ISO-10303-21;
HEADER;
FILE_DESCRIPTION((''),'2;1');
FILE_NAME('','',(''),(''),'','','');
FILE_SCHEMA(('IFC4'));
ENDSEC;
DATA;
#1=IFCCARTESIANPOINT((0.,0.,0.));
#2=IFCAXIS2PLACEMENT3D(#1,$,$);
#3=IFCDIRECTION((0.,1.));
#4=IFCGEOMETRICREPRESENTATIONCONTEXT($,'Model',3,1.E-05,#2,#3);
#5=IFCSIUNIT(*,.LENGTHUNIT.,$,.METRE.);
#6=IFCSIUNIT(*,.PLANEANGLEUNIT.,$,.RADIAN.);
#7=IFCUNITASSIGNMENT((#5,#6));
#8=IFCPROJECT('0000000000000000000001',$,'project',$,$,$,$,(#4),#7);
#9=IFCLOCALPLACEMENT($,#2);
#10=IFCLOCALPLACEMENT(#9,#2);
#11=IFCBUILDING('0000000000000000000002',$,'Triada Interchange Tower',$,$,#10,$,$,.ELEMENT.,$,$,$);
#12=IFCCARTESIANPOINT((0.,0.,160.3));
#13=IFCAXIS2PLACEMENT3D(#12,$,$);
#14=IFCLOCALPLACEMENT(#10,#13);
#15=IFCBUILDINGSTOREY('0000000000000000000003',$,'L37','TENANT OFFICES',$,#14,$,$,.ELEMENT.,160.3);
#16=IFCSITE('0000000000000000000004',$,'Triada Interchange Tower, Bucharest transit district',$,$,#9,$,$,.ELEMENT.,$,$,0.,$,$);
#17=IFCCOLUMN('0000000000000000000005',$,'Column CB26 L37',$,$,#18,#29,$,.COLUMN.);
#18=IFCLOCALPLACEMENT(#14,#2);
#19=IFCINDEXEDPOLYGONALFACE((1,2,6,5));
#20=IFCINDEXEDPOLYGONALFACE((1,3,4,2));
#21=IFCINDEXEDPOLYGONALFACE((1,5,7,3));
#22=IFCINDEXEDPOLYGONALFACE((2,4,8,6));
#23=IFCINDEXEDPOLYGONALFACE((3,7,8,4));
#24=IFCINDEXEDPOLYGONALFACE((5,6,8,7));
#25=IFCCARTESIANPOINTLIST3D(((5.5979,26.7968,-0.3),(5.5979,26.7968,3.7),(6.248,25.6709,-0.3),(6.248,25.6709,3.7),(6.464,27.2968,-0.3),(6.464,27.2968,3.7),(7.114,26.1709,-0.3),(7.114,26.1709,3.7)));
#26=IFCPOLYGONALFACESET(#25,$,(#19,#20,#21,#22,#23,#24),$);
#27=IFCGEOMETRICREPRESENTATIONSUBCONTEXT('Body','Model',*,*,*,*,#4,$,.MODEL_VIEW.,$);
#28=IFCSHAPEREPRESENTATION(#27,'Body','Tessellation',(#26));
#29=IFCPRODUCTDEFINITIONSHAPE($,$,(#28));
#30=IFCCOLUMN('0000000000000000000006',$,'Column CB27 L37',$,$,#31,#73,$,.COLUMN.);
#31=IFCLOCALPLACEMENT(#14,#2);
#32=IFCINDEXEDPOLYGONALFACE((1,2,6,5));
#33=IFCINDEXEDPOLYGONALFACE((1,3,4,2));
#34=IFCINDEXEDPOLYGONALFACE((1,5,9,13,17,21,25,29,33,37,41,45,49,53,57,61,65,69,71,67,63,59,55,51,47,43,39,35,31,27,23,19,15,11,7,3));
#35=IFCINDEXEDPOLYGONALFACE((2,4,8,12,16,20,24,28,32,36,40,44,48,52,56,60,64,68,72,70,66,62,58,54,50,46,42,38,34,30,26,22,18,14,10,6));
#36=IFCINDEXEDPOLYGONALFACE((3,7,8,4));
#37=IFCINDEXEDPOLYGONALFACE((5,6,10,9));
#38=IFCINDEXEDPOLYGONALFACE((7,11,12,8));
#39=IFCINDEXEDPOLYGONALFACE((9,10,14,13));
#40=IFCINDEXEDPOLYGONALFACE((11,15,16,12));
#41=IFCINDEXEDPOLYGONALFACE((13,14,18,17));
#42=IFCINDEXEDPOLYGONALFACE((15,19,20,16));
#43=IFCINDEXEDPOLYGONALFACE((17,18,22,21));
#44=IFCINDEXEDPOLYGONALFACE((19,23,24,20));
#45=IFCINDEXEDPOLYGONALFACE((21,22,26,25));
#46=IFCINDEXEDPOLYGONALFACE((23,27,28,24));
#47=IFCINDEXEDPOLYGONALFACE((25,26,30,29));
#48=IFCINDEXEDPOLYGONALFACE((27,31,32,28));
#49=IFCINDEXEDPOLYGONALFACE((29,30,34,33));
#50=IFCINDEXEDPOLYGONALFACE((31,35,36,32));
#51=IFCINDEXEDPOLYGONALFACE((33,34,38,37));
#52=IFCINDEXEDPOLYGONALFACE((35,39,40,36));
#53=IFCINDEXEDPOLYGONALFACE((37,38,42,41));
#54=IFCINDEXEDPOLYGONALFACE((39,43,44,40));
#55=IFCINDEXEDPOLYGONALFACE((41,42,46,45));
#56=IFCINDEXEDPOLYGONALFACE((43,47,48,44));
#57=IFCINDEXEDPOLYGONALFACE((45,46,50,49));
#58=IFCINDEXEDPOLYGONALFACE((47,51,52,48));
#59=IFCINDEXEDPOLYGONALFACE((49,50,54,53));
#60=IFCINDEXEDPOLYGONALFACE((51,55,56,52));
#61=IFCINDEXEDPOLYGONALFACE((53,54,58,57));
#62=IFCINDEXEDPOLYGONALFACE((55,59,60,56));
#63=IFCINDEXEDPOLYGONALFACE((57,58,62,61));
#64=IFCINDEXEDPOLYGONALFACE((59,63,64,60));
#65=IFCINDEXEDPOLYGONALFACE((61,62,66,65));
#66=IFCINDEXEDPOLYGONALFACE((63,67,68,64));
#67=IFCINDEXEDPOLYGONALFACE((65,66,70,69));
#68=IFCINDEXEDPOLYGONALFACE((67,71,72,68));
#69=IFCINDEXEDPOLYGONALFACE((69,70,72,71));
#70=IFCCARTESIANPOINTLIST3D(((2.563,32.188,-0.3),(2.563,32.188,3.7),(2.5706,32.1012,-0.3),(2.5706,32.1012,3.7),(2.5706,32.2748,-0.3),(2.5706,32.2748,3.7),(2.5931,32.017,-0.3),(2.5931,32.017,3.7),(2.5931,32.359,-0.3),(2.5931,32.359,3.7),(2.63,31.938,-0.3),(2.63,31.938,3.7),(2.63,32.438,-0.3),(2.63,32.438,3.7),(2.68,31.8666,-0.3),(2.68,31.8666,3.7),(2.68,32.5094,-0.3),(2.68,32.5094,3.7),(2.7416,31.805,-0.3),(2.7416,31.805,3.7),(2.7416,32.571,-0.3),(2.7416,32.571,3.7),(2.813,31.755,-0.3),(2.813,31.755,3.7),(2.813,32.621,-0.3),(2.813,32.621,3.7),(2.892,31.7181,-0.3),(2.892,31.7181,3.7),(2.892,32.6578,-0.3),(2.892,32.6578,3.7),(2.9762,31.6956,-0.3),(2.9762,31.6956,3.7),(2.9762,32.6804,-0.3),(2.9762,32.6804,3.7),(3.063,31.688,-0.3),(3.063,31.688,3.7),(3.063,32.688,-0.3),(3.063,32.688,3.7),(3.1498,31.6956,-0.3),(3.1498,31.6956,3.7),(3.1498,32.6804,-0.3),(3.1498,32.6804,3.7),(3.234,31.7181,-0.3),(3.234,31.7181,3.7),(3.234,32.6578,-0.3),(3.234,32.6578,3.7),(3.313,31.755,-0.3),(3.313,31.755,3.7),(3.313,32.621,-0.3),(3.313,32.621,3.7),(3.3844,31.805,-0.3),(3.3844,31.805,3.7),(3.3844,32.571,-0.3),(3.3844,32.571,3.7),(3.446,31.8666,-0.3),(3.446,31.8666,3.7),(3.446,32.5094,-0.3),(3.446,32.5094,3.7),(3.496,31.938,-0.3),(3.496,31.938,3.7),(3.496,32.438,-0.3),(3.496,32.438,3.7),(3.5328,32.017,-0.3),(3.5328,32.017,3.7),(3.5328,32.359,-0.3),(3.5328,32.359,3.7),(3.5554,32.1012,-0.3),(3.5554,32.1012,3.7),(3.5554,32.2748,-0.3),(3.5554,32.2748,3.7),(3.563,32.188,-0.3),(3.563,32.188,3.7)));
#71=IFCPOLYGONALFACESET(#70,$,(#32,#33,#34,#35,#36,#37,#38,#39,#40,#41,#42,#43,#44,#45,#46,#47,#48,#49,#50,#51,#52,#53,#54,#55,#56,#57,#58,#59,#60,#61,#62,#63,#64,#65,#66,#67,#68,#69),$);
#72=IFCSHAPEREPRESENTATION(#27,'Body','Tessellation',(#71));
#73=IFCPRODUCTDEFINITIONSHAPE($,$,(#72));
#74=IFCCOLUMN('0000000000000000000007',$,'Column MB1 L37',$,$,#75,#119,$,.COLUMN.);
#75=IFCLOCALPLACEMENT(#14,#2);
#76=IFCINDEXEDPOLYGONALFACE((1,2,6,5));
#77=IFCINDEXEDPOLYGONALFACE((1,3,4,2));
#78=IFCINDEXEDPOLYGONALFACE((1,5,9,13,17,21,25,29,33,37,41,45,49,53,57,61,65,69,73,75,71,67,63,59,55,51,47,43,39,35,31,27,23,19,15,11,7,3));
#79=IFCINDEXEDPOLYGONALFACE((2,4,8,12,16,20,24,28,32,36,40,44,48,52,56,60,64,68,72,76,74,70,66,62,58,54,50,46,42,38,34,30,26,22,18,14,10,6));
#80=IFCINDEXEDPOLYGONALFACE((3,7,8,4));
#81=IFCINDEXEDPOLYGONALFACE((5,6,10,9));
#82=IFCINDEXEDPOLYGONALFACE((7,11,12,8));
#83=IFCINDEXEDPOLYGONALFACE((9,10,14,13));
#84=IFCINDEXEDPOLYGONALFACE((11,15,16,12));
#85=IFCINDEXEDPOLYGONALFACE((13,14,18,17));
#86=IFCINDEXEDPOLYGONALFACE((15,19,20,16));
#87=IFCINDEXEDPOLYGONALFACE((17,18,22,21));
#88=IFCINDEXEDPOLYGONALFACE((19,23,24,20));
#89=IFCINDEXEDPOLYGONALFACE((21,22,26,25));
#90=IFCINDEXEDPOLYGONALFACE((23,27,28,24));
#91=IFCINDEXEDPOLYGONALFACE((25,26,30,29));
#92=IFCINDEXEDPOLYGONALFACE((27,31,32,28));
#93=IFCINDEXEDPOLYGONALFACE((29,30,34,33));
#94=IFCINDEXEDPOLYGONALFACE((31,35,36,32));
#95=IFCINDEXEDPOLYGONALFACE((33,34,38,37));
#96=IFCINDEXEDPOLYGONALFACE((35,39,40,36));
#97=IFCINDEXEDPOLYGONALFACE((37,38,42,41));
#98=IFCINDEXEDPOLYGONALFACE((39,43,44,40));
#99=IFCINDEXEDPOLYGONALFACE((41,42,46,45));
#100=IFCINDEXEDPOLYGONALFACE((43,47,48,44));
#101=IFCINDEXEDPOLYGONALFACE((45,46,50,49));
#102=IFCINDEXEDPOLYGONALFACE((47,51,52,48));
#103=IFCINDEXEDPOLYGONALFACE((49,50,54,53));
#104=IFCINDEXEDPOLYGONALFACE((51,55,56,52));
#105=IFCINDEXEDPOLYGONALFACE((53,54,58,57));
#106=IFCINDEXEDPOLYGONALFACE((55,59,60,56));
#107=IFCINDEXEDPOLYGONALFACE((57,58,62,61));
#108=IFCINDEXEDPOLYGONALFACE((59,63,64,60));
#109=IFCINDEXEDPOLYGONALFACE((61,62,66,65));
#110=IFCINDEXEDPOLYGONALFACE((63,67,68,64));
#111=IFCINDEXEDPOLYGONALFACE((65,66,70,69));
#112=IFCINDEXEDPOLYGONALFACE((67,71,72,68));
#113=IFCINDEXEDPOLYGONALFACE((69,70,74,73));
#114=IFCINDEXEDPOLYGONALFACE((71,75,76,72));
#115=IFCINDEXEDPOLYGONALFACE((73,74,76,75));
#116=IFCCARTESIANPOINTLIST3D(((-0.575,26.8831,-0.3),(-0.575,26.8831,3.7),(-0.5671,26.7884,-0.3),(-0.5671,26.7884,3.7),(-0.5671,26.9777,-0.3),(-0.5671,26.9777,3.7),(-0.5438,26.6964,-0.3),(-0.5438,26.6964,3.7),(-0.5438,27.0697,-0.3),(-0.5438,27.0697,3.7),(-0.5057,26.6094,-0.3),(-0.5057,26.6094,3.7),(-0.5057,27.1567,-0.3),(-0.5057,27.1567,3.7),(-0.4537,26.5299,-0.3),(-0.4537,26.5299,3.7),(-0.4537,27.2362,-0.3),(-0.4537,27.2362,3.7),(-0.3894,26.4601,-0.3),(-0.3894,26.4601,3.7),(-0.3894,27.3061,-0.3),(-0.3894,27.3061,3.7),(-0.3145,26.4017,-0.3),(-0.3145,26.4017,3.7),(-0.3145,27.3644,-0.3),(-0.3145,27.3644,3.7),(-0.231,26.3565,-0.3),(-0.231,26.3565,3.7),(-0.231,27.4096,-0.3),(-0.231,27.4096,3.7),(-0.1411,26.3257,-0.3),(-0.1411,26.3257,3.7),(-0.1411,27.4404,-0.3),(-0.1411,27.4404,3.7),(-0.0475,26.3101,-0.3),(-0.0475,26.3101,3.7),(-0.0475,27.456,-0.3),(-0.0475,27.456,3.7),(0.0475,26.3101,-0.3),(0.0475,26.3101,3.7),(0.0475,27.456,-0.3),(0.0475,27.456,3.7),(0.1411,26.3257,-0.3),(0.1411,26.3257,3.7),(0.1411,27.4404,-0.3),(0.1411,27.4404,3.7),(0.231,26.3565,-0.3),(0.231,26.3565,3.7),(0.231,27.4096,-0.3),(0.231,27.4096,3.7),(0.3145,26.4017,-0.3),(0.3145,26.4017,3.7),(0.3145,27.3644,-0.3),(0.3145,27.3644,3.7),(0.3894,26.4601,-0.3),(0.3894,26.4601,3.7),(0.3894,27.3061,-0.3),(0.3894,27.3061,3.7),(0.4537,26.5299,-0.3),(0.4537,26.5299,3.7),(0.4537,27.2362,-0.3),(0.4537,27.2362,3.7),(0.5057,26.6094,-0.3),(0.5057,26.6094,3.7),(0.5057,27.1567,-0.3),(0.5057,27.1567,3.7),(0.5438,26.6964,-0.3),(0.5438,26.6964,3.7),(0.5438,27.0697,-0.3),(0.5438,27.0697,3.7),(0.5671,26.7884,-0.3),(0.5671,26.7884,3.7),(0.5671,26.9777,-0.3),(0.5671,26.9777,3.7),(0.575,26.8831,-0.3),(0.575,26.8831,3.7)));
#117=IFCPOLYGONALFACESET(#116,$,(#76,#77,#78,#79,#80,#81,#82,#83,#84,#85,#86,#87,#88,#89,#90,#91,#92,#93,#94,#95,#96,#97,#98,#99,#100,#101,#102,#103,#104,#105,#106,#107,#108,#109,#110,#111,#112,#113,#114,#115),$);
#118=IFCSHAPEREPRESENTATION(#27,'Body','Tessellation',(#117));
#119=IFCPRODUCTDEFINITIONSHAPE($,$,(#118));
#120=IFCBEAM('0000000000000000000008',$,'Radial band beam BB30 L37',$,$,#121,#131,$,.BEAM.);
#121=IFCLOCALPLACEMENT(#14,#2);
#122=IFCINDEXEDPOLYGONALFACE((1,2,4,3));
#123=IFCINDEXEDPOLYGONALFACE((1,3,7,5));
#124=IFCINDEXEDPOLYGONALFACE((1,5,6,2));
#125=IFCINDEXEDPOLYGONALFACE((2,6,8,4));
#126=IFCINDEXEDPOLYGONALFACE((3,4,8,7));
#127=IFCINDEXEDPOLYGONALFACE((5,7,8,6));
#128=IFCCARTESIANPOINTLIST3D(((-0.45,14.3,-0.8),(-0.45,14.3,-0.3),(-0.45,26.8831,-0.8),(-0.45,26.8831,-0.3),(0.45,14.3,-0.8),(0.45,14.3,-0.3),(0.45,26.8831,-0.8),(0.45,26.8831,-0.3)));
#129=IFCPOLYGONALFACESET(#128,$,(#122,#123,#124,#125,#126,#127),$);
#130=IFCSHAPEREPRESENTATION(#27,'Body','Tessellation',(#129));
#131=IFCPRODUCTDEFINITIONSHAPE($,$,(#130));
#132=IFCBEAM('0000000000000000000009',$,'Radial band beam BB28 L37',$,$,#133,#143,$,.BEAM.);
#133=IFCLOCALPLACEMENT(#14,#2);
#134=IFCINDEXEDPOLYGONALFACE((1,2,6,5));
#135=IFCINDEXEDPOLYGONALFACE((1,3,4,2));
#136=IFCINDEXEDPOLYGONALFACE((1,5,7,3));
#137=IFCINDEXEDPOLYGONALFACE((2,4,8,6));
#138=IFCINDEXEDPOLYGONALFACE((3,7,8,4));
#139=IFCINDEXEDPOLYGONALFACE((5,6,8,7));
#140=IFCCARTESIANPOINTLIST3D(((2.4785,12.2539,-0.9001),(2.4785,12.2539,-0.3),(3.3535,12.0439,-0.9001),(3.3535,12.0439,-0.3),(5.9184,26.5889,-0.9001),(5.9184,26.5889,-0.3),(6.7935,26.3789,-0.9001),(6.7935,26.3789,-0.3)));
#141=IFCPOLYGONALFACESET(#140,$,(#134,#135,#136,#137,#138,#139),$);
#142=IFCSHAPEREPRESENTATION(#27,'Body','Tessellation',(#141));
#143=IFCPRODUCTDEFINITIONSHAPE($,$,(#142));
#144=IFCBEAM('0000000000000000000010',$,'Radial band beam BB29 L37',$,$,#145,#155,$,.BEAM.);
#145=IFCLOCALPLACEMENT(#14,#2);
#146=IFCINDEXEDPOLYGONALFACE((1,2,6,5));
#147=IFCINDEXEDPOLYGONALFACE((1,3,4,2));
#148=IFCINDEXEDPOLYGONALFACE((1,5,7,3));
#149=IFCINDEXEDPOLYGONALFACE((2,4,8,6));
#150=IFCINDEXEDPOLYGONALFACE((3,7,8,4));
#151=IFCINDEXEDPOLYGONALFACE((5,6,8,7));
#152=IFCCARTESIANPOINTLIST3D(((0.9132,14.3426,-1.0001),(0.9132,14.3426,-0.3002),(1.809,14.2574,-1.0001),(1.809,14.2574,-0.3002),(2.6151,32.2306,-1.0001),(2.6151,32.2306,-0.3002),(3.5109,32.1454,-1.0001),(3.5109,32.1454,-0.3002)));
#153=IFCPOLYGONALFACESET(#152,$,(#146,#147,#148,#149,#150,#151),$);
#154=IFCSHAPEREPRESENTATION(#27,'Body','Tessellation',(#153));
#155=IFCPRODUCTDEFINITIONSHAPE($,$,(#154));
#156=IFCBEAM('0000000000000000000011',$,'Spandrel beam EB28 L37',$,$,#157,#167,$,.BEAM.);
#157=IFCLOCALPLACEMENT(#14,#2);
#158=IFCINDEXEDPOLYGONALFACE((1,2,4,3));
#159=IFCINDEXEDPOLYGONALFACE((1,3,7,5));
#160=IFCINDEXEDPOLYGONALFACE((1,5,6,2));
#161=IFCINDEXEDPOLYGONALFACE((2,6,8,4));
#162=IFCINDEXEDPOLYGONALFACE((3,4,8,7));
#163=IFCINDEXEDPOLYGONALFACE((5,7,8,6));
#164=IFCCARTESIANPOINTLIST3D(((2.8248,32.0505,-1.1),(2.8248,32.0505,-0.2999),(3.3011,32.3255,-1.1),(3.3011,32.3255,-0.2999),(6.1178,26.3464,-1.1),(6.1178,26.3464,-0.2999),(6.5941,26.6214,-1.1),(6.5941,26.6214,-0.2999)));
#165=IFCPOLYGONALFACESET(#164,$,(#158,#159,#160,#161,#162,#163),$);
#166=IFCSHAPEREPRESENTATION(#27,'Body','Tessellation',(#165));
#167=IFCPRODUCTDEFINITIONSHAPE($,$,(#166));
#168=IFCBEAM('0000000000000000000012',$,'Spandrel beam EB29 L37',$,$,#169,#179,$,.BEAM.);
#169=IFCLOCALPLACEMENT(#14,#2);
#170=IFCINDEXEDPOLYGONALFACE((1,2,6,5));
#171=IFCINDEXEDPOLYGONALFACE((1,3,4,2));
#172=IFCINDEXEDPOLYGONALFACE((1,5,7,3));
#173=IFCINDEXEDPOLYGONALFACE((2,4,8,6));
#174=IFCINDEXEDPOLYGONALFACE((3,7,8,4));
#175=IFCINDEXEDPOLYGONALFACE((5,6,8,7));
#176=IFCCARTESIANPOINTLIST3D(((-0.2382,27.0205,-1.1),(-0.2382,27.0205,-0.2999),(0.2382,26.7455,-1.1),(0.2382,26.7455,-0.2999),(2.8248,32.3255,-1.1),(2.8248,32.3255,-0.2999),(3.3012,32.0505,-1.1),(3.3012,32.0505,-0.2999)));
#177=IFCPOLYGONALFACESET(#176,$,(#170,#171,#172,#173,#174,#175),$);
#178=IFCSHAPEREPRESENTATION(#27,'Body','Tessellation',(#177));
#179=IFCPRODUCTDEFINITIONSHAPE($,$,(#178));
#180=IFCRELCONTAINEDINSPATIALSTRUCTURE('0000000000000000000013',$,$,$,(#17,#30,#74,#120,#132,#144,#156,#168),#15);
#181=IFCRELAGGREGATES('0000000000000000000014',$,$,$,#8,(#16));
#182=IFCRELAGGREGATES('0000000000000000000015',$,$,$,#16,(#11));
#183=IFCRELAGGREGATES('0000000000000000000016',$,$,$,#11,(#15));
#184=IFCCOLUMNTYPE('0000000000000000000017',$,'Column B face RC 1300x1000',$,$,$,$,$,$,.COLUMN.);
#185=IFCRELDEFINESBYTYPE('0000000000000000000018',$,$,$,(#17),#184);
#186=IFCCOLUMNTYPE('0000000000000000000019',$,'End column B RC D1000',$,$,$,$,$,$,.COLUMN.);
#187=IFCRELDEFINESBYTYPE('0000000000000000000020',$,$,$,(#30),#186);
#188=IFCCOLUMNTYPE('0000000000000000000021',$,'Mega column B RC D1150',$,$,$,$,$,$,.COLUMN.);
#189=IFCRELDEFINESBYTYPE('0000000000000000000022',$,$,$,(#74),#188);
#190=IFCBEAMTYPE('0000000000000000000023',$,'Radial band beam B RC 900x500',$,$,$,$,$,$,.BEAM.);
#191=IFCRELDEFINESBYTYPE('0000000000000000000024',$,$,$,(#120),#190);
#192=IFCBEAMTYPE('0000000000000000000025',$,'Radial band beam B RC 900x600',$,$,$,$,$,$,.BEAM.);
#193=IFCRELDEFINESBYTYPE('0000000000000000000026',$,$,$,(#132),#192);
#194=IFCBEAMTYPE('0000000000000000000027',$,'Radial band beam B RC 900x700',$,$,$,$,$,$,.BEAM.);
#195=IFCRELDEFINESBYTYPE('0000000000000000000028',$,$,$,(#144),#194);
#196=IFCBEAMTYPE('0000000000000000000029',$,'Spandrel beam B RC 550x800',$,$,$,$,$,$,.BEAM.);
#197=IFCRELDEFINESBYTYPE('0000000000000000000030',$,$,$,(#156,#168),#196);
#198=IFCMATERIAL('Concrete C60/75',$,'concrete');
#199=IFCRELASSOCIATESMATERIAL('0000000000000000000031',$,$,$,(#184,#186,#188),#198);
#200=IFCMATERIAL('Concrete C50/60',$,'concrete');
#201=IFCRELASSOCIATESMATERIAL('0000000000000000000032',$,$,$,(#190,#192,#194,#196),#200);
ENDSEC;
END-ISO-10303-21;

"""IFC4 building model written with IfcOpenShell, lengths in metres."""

from ifc_helpers import new_model, si_unit, direction, frame, origin, origin_2d, place, context, subcontext, project, spatial, rectangle, circle, extrude, material, material_profile, profile_set, type_object, element, save


model = new_model("IFC4")

# Units and contexts
model_context = context("Model", 3, precision=1e-05, world=origin(), true_north=direction((0.0, 1.0)))
body_context = subcontext(model_context, "Body", "Model", "MODEL_VIEW")
ifc_project = project(units=[si_unit("LENGTHUNIT", "METRE"), si_unit("PLANEANGLEUNIT", "RADIAN")], contexts=[model_context])

# Site, building, storey
site_placement = place(None, origin())
site = spatial("IfcSite", under=ifc_project, at=site_placement, Name="Triada Interchange Tower, Bucharest transit district", CompositionType="ELEMENT", RefElevation=0.0)
building_placement = place(site_placement, origin())
building = spatial("IfcBuilding", under=site, at=building_placement, Name="Triada Interchange Tower", CompositionType="ELEMENT")
storey_placement = place(building_placement, frame((0.0, 0.0, 160.3)))
storey = spatial("IfcBuildingStorey", under=building, at=storey_placement, Name="L37", Description="TENANT OFFICES", CompositionType="ELEMENT", Elevation=160.3)

# Columns
ifc_material_1 = material(Name="Concrete C60/75", Category="concrete")
ifc_material_profile_1 = material_profile(ifc_material_1, rectangle(XDim=1.3, YDim=1.0, at=origin_2d()), Name="RC 1300x1000")
ifc_profile_set_1 = profile_set([ifc_material_profile_1], Name="Concrete C60/75")
column_type_1 = type_object("IfcColumnType", Name="Column B face RC 1300x1000", PredefinedType="COLUMN", material=ifc_profile_set_1)
column_1_placement = place(storey_placement, frame((6.356, 26.4839, -0.3), z_axis=(0.0, 0.0, 1.0), x_axis=(-0.5, 0.866025, 0.0)))
element("IfcColumn", 1, at=column_1_placement, inside=storey, type_object=column_type_1, Name="Column CB26 L37", PredefinedType="COLUMN", context=body_context, shape_type="SweptSolid", body=[
    extrude(rectangle(XDim=1.3, YDim=1.0, at=origin_2d()), origin(), (0.0, 0.0, 1.0), 4.0),
])
ifc_material_profile_2 = material_profile(ifc_material_1, circle(Radius=0.5, at=origin_2d()), Name="RC D1000")
ifc_profile_set_2 = profile_set([ifc_material_profile_2], Name="Concrete C60/75")
column_type_2 = type_object("IfcColumnType", Name="End column B RC D1000", PredefinedType="COLUMN", material=ifc_profile_set_2)
column_2_placement = place(storey_placement, frame((3.063, 32.188, -0.3), z_axis=(0.0, 0.0, 1.0), x_axis=(-0.5, 0.866025, 0.0)))
element("IfcColumn", 2, at=column_2_placement, inside=storey, type_object=column_type_2, Name="Column CB27 L37", PredefinedType="COLUMN", context=body_context, shape_type="SweptSolid", body=[
    extrude(circle(Radius=0.5, at=origin_2d()), origin(), (0.0, 0.0, 1.0), 4.0),
])
ifc_material_profile_3 = material_profile(ifc_material_1, circle(Radius=0.575, at=origin_2d()), Name="RC D1150")
ifc_profile_set_3 = profile_set([ifc_material_profile_3], Name="Concrete C60/75")
column_type_3 = type_object("IfcColumnType", Name="Mega column B RC D1150", PredefinedType="COLUMN", material=ifc_profile_set_3)
column_3_placement = place(storey_placement, frame((0.0, 26.8831, -0.3), z_axis=(0.0, 0.0, 1.0), x_axis=(1.0, 0.0, 0.0)))
element("IfcColumn", 3, at=column_3_placement, inside=storey, type_object=column_type_3, Name="Column MB1 L37", PredefinedType="COLUMN", context=body_context, shape_type="SweptSolid", body=[
    extrude(circle(Radius=0.575, at=origin_2d()), origin(), (0.0, 0.0, 1.0), 4.0),
])

# Beams
ifc_material_2 = material(Name="Concrete C50/60", Category="concrete")
ifc_material_profile_4 = material_profile(ifc_material_2, rectangle(XDim=0.8999, YDim=0.5, at=origin_2d()), Name="RC 900x500")
ifc_profile_set_4 = profile_set([ifc_material_profile_4], Name="Concrete C50/60")
beam_type_1 = type_object("IfcBeamType", Name="Radial band beam B RC 900x500", PredefinedType="BEAM", material=ifc_profile_set_4)
beam_1_placement = place(storey_placement, frame((0.0, 26.8831, -0.55), z_axis=(0.0, -1.0, 0.0), x_axis=(1.0, 0.0, 0.0)))
element("IfcBeam", 4, at=beam_1_placement, inside=storey, type_object=beam_type_1, Name="Radial band beam BB30 L37", PredefinedType="BEAM", context=body_context, shape_type="SweptSolid", body=[
    extrude(rectangle(XDim=0.8999, YDim=0.5, at=origin_2d()), origin(), (0.0, 0.0, 1.0), 12.583),
])
ifc_material_profile_5 = material_profile(ifc_material_2, rectangle(XDim=0.8999, YDim=0.6001, at=origin_2d()), Name="RC 900x600")
ifc_profile_set_5 = profile_set([ifc_material_profile_5], Name="Concrete C50/60")
beam_type_2 = type_object("IfcBeamType", Name="Radial band beam B RC 900x600", PredefinedType="BEAM", material=ifc_profile_set_5)
beam_2_placement = place(storey_placement, frame((6.356, 26.4839, -0.6001), z_axis=(-0.233344, -0.972394, 0.0), x_axis=(0.972394, -0.233344, 0.0)))
element("IfcBeam", 5, at=beam_2_placement, inside=storey, type_object=beam_type_2, Name="Radial band beam BB28 L37", PredefinedType="BEAM", context=body_context, shape_type="SweptSolid", body=[
    extrude(rectangle(XDim=0.8999, YDim=0.6001, at=origin_2d()), origin(), (0.0, 0.0, 1.0), 14.7419),
])
ifc_material_profile_6 = material_profile(ifc_material_2, rectangle(XDim=0.8999, YDim=0.7, at=origin_2d()), Name="RC 900x700")
ifc_profile_set_6 = profile_set([ifc_material_profile_6], Name="Concrete C50/60")
beam_type_3 = type_object("IfcBeamType", Name="Radial band beam B RC 900x700", PredefinedType="BEAM", material=ifc_profile_set_6)
beam_3_placement = place(storey_placement, frame((3.063, 32.188, -0.6501), z_axis=(-0.094715, -0.995504, 0.0), x_axis=(0.995504, -0.094715, 0.0)))
element("IfcBeam", 6, at=beam_3_placement, inside=storey, type_object=beam_type_3, Name="Radial band beam BB29 L37", PredefinedType="BEAM", context=body_context, shape_type="SweptSolid", body=[
    extrude(rectangle(XDim=0.8999, YDim=0.7, at=origin_2d()), origin(), (0.0, 0.0, 1.0), 17.9688),
])
ifc_material_profile_7 = material_profile(ifc_material_2, rectangle(XDim=0.55, YDim=0.8, at=origin_2d()), Name="RC 550x800")
ifc_profile_set_7 = profile_set([ifc_material_profile_7], Name="Concrete C50/60")
beam_type_4 = type_object("IfcBeamType", Name="Spandrel beam B RC 550x800", PredefinedType="BEAM", material=ifc_profile_set_7)
beam_4_placement = place(storey_placement, frame((6.356, 26.4839, -0.7), z_axis=(-0.499966, 0.866045, 0.0), x_axis=(-0.866045, -0.499966, 0.0)))
element("IfcBeam", 7, at=beam_4_placement, inside=storey, type_object=beam_type_4, Name="Spandrel beam EB28 L37", PredefinedType="BEAM", context=body_context, shape_type="SweptSolid", body=[
    extrude(rectangle(XDim=0.55, YDim=0.8, at=origin_2d()), origin(), (0.0, 0.0, 1.0), 6.5864),
])
for number, where, z_axis, x_axis, name in (
    (8, (3.063, 32.188, -0.7), (-0.500023, -0.866012, 0.0), (0.866012, -0.500023, 0.0), "Spandrel beam EB29 L37"),
):
    element("IfcBeam", number, at=place(storey_placement, frame(where, z_axis=z_axis, x_axis=x_axis)), inside=storey, type_object=beam_type_4, Name=name, PredefinedType="BEAM", context=body_context, shape_type="SweptSolid", body=[
        extrude(rectangle(XDim=0.55, YDim=0.8, at=origin_2d()), origin(), (0.0, 0.0, 1.0), 6.1257),
    ])

save(model, "model.ifc")
